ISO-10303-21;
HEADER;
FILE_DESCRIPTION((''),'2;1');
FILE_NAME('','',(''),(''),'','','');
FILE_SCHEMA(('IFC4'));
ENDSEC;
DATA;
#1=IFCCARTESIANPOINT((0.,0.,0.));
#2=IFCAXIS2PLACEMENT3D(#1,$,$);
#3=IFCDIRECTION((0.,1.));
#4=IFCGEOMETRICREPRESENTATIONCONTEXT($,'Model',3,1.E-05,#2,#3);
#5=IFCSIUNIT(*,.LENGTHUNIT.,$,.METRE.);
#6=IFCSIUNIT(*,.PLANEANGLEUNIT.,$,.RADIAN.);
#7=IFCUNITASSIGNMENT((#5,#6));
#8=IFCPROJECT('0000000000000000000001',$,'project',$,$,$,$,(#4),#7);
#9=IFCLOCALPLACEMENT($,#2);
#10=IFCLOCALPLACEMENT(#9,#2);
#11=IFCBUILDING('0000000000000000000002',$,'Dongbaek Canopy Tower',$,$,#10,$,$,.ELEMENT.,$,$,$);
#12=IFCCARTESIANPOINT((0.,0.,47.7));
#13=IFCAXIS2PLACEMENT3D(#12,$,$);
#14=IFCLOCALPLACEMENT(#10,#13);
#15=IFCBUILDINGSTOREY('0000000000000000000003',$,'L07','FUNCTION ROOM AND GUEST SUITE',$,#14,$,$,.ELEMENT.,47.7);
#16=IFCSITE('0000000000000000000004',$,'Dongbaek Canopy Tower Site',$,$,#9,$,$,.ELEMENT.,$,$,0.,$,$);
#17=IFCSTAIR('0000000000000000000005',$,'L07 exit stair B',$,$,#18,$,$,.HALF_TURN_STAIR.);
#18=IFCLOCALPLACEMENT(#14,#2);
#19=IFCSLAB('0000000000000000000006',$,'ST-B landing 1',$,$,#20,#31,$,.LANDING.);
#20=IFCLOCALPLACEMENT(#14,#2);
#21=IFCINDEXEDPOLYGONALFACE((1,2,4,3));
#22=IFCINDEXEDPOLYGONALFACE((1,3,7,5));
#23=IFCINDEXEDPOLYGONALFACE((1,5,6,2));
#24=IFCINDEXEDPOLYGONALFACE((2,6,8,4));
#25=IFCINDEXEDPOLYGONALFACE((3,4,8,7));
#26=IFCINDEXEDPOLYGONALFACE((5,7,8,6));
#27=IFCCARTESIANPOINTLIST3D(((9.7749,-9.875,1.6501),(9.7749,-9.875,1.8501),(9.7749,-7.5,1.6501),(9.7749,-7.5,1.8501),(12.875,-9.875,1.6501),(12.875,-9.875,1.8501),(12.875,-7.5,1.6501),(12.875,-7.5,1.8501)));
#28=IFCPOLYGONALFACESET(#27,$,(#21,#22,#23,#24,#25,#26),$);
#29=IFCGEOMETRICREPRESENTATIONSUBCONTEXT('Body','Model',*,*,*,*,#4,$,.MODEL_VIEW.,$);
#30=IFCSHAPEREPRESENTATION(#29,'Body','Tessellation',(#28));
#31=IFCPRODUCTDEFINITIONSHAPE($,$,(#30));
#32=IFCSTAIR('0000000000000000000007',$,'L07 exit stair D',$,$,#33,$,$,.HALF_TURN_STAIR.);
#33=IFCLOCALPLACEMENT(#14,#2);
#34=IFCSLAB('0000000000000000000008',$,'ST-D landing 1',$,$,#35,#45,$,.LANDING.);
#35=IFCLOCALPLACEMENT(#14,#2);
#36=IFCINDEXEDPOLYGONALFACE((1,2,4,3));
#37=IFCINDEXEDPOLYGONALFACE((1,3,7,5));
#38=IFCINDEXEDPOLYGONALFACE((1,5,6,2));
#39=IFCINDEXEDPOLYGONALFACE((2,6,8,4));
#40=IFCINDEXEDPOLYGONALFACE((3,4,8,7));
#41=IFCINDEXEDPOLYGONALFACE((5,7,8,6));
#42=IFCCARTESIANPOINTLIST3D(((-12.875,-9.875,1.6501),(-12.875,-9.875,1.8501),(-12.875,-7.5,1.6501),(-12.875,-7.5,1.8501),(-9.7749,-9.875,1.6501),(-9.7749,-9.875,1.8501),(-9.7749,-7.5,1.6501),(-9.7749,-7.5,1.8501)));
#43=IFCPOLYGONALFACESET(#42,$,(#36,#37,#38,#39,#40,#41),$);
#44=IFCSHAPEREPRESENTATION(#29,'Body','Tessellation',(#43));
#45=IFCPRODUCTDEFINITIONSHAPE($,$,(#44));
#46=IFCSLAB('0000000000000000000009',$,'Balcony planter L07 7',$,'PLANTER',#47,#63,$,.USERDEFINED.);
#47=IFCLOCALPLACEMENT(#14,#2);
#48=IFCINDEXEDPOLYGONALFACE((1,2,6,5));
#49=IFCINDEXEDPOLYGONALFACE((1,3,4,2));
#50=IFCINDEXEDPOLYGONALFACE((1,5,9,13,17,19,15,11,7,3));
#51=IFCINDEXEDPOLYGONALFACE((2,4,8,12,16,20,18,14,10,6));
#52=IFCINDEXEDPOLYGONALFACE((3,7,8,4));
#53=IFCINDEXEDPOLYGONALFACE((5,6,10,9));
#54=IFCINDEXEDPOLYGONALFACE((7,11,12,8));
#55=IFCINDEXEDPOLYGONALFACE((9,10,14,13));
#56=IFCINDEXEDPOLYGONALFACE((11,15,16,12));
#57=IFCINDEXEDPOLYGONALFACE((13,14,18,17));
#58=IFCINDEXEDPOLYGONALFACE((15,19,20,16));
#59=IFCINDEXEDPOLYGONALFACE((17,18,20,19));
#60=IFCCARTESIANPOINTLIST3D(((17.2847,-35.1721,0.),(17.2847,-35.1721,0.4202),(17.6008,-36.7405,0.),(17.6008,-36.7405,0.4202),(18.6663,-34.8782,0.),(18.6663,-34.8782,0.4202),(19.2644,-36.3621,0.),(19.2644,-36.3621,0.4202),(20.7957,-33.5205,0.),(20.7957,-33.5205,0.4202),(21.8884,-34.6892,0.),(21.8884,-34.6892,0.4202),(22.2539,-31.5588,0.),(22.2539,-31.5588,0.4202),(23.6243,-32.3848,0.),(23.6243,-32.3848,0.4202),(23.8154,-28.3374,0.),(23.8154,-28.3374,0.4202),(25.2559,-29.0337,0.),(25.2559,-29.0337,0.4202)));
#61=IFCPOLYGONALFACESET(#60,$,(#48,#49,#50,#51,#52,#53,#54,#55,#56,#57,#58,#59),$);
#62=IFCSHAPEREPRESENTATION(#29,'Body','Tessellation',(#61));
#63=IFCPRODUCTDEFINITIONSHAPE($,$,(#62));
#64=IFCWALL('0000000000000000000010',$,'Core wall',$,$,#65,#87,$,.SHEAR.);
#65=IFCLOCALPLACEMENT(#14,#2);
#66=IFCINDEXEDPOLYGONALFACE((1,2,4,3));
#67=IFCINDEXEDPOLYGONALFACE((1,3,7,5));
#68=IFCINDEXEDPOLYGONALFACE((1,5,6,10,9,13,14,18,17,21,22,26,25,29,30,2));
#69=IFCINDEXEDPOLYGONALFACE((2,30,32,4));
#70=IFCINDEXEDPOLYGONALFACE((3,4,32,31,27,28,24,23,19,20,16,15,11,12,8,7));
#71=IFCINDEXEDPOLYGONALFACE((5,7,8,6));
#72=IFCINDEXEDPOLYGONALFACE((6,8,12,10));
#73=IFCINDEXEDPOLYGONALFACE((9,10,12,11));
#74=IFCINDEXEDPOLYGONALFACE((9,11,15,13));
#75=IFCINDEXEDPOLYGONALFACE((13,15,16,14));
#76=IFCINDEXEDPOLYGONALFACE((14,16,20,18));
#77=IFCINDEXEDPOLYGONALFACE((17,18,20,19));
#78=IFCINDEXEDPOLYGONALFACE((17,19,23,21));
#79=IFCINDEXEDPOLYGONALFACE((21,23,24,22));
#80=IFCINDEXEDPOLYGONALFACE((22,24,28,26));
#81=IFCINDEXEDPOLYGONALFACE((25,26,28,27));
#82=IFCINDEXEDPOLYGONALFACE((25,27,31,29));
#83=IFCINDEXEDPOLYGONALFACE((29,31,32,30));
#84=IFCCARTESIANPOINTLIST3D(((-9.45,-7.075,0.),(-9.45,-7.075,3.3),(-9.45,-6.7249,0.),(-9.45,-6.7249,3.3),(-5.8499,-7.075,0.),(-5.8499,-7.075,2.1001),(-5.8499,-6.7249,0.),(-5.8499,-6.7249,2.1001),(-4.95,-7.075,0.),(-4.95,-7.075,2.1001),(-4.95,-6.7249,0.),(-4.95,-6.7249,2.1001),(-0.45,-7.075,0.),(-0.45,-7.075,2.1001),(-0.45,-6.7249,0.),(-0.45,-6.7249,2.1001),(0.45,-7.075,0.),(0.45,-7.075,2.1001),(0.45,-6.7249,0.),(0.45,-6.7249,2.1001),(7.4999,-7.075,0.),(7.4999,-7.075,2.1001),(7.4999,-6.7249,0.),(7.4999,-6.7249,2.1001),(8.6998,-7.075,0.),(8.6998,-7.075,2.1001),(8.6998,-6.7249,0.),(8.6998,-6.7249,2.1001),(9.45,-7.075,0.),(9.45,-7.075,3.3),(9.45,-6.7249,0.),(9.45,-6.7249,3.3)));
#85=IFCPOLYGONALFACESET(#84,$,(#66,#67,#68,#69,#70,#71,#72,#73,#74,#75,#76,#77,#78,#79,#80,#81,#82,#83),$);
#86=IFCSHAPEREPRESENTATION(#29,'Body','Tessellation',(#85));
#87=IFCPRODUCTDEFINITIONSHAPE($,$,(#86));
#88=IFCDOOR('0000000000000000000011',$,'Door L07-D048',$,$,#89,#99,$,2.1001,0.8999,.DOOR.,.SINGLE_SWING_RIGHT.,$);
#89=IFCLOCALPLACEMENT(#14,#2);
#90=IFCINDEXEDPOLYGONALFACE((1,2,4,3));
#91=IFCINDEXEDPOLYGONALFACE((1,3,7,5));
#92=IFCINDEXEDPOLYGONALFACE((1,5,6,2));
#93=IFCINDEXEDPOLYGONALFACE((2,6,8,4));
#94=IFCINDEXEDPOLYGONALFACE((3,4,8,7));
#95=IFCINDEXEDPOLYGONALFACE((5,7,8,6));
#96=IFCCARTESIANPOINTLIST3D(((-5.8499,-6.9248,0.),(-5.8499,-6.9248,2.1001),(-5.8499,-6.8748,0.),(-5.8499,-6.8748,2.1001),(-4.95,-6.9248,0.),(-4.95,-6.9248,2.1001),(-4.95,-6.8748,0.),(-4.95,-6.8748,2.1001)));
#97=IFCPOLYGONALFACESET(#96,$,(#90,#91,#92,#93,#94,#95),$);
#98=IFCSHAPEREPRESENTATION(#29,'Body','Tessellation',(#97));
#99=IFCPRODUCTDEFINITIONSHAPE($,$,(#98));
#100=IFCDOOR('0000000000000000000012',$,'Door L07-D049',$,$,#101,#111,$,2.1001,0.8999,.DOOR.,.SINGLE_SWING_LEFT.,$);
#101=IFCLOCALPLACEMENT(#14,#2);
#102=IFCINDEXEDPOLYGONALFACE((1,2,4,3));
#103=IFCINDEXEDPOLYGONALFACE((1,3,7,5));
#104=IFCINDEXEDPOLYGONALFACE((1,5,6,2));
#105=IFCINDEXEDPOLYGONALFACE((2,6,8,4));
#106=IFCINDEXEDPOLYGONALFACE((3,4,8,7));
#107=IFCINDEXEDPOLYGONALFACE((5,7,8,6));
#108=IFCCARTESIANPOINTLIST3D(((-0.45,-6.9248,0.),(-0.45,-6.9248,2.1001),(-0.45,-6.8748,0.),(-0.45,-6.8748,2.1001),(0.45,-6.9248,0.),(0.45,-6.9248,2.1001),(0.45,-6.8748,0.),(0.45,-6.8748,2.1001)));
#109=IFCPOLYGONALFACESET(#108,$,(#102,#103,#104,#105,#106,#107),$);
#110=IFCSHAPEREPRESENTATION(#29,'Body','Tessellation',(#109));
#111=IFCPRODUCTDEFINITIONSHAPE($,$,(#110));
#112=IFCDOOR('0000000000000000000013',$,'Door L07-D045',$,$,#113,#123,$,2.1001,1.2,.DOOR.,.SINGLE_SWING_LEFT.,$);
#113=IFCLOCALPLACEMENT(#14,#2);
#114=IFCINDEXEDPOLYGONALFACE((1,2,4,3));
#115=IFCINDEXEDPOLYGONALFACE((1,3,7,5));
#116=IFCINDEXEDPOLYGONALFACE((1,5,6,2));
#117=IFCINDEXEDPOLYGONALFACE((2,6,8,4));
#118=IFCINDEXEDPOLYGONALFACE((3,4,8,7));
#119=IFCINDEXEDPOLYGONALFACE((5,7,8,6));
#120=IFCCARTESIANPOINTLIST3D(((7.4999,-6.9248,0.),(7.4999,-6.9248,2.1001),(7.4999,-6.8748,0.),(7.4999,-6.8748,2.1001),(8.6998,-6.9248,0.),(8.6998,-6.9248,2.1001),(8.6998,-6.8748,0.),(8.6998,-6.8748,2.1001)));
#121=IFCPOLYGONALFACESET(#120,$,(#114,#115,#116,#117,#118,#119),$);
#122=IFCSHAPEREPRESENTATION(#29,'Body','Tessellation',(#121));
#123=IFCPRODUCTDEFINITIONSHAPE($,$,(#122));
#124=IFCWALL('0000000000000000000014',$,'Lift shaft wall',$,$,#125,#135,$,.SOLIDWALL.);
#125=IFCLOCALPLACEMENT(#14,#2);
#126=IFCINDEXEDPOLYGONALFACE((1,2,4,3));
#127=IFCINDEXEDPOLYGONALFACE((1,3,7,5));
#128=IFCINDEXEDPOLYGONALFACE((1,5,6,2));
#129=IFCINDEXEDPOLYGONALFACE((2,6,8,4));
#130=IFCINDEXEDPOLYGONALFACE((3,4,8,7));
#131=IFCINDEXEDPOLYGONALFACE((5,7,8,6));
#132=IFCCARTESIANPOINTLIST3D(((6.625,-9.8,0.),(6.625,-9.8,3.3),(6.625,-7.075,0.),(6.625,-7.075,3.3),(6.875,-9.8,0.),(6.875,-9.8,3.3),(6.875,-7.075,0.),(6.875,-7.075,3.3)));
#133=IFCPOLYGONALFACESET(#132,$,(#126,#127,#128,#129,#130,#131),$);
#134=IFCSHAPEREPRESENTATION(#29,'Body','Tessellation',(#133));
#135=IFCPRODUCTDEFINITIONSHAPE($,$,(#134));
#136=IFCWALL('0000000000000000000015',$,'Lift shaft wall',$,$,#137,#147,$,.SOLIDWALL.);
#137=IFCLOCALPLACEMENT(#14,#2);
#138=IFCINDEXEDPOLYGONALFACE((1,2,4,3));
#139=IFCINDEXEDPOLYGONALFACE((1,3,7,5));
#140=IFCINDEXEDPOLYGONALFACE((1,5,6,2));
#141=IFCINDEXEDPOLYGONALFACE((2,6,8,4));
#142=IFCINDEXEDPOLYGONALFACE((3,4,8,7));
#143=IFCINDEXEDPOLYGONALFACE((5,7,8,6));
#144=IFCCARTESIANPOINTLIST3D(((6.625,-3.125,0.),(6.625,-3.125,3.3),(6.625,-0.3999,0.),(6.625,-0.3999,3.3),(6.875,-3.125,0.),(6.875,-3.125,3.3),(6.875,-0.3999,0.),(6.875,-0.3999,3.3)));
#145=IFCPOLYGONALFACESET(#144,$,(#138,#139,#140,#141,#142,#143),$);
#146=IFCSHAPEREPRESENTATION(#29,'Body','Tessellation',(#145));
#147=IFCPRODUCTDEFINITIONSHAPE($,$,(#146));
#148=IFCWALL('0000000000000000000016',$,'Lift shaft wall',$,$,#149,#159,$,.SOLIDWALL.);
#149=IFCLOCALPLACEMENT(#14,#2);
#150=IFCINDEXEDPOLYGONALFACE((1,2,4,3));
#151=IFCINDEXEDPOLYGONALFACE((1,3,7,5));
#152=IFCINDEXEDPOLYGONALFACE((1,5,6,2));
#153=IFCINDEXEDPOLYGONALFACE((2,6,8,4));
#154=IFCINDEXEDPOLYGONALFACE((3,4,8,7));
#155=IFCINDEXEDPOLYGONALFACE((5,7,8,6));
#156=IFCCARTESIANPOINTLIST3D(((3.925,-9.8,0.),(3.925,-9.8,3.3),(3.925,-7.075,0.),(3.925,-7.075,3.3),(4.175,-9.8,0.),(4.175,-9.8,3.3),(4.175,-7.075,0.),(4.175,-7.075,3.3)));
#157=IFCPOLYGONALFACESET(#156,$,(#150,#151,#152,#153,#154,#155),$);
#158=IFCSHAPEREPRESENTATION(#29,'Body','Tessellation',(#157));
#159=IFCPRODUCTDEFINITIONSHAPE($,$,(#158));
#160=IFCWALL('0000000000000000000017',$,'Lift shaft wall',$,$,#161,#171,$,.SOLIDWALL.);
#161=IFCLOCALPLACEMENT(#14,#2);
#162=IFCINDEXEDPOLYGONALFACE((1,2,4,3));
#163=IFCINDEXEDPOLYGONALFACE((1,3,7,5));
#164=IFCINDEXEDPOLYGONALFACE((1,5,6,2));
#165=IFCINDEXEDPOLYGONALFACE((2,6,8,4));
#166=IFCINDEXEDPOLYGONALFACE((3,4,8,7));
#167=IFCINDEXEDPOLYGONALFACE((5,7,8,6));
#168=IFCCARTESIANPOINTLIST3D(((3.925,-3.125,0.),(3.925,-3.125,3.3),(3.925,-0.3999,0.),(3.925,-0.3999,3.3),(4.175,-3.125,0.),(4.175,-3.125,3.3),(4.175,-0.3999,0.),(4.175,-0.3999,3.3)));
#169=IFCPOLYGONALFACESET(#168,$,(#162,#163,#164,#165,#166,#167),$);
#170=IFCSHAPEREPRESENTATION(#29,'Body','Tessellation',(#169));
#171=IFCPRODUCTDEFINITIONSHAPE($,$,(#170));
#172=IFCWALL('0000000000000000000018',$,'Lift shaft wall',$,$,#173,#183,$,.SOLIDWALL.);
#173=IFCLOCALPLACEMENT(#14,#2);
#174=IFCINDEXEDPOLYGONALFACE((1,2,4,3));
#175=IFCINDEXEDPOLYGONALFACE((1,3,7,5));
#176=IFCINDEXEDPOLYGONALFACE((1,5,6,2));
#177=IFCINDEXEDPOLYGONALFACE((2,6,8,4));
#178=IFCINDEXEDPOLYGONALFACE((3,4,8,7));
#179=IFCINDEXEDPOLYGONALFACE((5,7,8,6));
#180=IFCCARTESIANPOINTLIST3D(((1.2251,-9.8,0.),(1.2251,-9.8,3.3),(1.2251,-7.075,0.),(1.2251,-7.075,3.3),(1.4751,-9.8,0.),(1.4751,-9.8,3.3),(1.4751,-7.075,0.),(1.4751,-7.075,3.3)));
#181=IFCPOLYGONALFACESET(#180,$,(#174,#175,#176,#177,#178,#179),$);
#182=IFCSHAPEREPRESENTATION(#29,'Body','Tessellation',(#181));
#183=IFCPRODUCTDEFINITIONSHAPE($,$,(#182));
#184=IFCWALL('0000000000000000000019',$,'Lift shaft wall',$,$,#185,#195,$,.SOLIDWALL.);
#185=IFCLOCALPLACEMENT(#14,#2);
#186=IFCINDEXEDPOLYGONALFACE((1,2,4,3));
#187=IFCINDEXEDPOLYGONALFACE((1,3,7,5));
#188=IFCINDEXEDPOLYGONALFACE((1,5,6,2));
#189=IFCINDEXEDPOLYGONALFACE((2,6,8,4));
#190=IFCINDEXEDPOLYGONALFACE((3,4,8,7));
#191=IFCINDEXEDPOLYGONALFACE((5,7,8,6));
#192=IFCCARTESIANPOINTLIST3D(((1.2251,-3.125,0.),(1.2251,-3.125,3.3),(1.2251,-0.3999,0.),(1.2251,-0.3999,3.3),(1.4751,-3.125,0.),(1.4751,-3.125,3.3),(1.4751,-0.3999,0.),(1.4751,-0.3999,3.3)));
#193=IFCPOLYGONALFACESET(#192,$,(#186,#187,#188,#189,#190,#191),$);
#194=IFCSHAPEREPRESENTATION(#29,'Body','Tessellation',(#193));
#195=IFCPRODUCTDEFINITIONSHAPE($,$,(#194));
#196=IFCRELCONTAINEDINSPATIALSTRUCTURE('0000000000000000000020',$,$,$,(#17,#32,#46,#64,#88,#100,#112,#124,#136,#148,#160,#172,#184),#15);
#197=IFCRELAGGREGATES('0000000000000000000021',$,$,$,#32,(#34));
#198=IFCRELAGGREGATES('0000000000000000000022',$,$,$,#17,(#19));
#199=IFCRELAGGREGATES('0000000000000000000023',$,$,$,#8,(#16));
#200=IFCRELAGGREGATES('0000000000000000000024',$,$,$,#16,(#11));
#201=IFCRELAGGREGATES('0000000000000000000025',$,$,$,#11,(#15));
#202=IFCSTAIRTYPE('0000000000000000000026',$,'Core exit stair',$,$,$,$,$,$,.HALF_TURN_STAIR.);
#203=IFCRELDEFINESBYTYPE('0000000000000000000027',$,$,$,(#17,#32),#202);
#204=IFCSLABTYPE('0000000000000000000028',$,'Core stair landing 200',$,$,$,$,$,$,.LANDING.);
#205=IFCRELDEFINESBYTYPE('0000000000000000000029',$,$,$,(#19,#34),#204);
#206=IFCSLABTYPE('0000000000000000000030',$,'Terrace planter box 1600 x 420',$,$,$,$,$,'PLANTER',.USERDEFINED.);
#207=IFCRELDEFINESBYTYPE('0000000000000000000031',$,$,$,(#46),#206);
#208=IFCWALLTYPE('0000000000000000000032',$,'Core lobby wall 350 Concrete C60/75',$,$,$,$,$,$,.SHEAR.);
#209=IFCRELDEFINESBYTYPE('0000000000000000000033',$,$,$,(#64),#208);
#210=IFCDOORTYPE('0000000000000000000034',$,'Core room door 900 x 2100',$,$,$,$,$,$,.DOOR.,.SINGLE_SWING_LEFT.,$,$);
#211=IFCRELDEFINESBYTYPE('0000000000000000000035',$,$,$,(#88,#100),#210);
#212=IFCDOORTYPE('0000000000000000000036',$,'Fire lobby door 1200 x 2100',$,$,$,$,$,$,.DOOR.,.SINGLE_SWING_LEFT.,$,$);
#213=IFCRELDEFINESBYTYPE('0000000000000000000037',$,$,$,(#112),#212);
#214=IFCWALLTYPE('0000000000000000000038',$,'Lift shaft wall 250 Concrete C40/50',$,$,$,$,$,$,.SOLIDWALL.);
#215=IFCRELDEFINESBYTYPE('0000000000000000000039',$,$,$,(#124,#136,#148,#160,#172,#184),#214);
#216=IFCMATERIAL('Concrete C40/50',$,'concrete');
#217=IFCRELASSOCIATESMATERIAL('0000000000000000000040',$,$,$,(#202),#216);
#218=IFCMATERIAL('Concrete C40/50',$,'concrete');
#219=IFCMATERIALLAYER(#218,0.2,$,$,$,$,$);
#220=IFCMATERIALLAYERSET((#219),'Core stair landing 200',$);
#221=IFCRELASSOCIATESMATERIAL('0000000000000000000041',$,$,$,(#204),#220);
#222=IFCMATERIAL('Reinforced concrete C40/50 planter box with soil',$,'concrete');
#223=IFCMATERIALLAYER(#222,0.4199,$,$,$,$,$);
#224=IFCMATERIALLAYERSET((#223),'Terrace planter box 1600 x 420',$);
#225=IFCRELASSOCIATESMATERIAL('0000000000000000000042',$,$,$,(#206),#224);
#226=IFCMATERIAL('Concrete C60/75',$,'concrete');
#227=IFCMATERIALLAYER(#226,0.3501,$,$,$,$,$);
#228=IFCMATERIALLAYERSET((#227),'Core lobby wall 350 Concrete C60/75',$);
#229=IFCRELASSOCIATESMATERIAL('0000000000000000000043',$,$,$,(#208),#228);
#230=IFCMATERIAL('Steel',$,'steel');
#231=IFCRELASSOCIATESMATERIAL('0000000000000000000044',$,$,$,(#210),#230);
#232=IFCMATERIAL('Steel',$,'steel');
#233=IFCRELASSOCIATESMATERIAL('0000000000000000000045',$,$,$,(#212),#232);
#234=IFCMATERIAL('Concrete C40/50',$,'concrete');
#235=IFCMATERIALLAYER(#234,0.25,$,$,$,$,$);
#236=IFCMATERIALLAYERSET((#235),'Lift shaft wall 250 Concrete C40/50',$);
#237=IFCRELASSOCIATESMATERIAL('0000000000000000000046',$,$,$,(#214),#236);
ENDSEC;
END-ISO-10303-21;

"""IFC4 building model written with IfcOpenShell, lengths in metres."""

from ifc_helpers import new_model, si_unit, direction, frame, frame_2d, origin, place, context, subcontext, project, spatial, polyline, rectangle, outline, extrude, material, layer, layer_set, type_object, element, fill, aggregate, save


model = new_model("IFC4")

# Units and contexts
model_context = context("Model", 3, precision=1e-05, world=origin(), true_north=direction((0.0, 1.0)))
body_context = subcontext(model_context, "Body", "Model", "MODEL_VIEW")
ifc_project = project(units=[si_unit("LENGTHUNIT", "METRE"), si_unit("PLANEANGLEUNIT", "RADIAN")], contexts=[model_context])

# Site, building, storey
site_placement = place(None, origin())
site = spatial("IfcSite", under=ifc_project, at=site_placement, Name="Dongbaek Canopy Tower Site", CompositionType="ELEMENT", RefElevation=0.0)
building_placement = place(site_placement, origin())
building = spatial("IfcBuilding", under=site, at=building_placement, Name="Dongbaek Canopy Tower", CompositionType="ELEMENT")
storey_placement = place(building_placement, frame((0.0, 0.0, 47.7)))
storey = spatial("IfcBuildingStorey", under=building, at=storey_placement, Name="L07", Description="FUNCTION ROOM AND GUEST SUITE", CompositionType="ELEMENT", Elevation=47.7)

# Stairs, slabs
ifc_material_1 = material(Name="Concrete C40/50", Category="concrete")
stair_type = type_object("IfcStairType", Name="Core exit stair", PredefinedType="HALF_TURN_STAIR", material=ifc_material_1)
ifc_material_2 = material(Name="Concrete C40/50", Category="concrete")
ifc_layer_1 = layer(ifc_material_2, 0.2)
ifc_layer_set_1 = layer_set([ifc_layer_1], Name="Core stair landing 200")
slab_type_1 = type_object("IfcSlabType", Name="Core stair landing 200", PredefinedType="LANDING", material=ifc_layer_set_1)
stair_1_placement = place(storey_placement, origin())
stair_1 = element("IfcStair", 1, at=stair_1_placement, inside=storey, type_object=stair_type, Name="L07 exit stair B", PredefinedType="HALF_TURN_STAIR")
slab_1_placement = place(storey_placement, frame((0.0, 0.0, 1.6501)))
slab_1 = element("IfcSlab", 2, at=slab_1_placement, type_object=slab_type_1, Name="ST-B landing 1", PredefinedType="LANDING", context=body_context, shape_type="SweptSolid", body=[
    extrude(outline(polyline([(9.7749, -7.5), (9.7749, -9.875), (12.875, -9.875), (12.875, -7.5), (9.7749, -7.5)])), origin(), (0.0, 0.0, 1.0), 0.2),
])
stair_2_placement = place(storey_placement, origin())
stair_2 = element("IfcStair", 3, at=stair_2_placement, inside=storey, type_object=stair_type, Name="L07 exit stair D", PredefinedType="HALF_TURN_STAIR")
slab_2_placement = place(storey_placement, frame((0.0, 0.0, 1.6501)))
slab_2 = element("IfcSlab", 4, at=slab_2_placement, type_object=slab_type_1, Name="ST-D landing 1", PredefinedType="LANDING", context=body_context, shape_type="SweptSolid", body=[
    extrude(outline(polyline([(-12.875, -7.5), (-12.875, -9.875), (-9.7749, -9.875), (-9.7749, -7.5), (-12.875, -7.5)])), origin(), (0.0, 0.0, 1.0), 0.2),
])
aggregate(stair_2, [slab_2])

# Slab
ifc_material_3 = material(Name="Reinforced concrete C40/50 planter box with soil", Category="concrete")
ifc_layer_2 = layer(ifc_material_3, 0.4199)
ifc_layer_set_2 = layer_set([ifc_layer_2], Name="Terrace planter box 1600 x 420")
slab_type_2 = type_object("IfcSlabType", Name="Terrace planter box 1600 x 420", ElementType="PLANTER", PredefinedType="USERDEFINED", material=ifc_layer_set_2)
slab_3_placement = place(storey_placement, origin())
element("IfcSlab", 5, at=slab_3_placement, inside=storey, type_object=slab_type_2, Name="Balcony planter L07 7", ObjectType="PLANTER", PredefinedType="USERDEFINED", context=body_context, shape_type="SweptSolid", body=[
    extrude(outline(polyline([(17.2847, -35.1721), (18.6663, -34.8782), (20.7957, -33.5205), (22.2539, -31.5588), (23.8154, -28.3374), (25.2559, -29.0337), (23.6243, -32.3848), (21.8884, -34.6892), (19.2644, -36.3621), (17.6008, -36.7405), (17.2847, -35.1721)])), origin(), (0.0, 0.0, 1.0), 0.4202),
])

# Wall, openings, doors
ifc_material_4 = material(Name="Concrete C60/75", Category="concrete")
ifc_layer_3 = layer(ifc_material_4, 0.3501)
ifc_layer_set_3 = layer_set([ifc_layer_3], Name="Core lobby wall 350 Concrete C60/75")
wall_type_1 = type_object("IfcWallType", Name="Core lobby wall 350 Concrete C60/75", PredefinedType="SHEAR", material=ifc_layer_set_3)
wall_1_placement = place(storey_placement, frame((9.45, -6.8999, 0.0), z_axis=(0.0, 0.0, 1.0), x_axis=(-1.0, 0.0, 0.0)))
wall_1 = element("IfcWall", 6, at=wall_1_placement, inside=storey, type_object=wall_type_1, Name="Core wall", PredefinedType="SHEAR", context=body_context, shape_type="SweptSolid", body=[
    extrude(rectangle(XDim=18.8999, YDim=0.3501, at=frame_2d((9.45, 0.0))), origin(), (0.0, 0.0, 1.0), 3.3),
])
opening_1_placement = place(wall_1_placement, frame((0.75, 0.0, 0.0)))
opening_1 = element("IfcOpeningElement", 7, at=opening_1_placement, cuts=wall_1, PredefinedType="OPENING", context=body_context, shape_type="SweptSolid", body=[
    extrude(rectangle(XDim=1.2, YDim=2.1001, at=frame_2d((0.6001, 1.05))), frame((0.0, 0.1851, 0.0), z_axis=(0.0, -1.0, 0.0), x_axis=(1.0, 0.0, 0.0)), (0.0, 0.0, 1.0), 0.3701),
])
opening_2_placement = place(wall_1_placement, frame((14.3999, 0.0, 0.0)))
opening_2 = element("IfcOpeningElement", 8, at=opening_2_placement, cuts=wall_1, PredefinedType="OPENING", context=body_context, shape_type="SweptSolid", body=[
    extrude(rectangle(XDim=0.8999, YDim=2.1001, at=frame_2d((0.45, 1.05))), frame((0.0, 0.1851, 0.0), z_axis=(0.0, -1.0, 0.0), x_axis=(1.0, 0.0, 0.0)), (0.0, 0.0, 1.0), 0.3701),
])
opening_3_placement = place(wall_1_placement, frame((9.0, 0.0, 0.0)))
opening_3 = element("IfcOpeningElement", 9, at=opening_3_placement, cuts=wall_1, PredefinedType="OPENING", context=body_context, shape_type="SweptSolid", body=[
    extrude(rectangle(XDim=0.8999, YDim=2.1001, at=frame_2d((0.45, 1.05))), frame((0.0, 0.1851, 0.0), z_axis=(0.0, -1.0, 0.0), x_axis=(1.0, 0.0, 0.0)), (0.0, 0.0, 1.0), 0.3701),
])
ifc_material_5 = material(Name="Steel", Category="steel")
door_type_1 = type_object("IfcDoorType", Name="Core room door 900 x 2100", OperationType="SINGLE_SWING_LEFT", PredefinedType="DOOR", material=ifc_material_5)
door_1_placement = place(opening_2_placement, origin())
door_1 = element("IfcDoor", 10, at=door_1_placement, inside=storey, type_object=door_type_1, Name="Door L07-D048", OperationType="SINGLE_SWING_RIGHT", OverallHeight=2.1001, OverallWidth=0.8999, PredefinedType="DOOR", context=body_context, shape_type="SweptSolid", body=[
    extrude(rectangle(XDim=0.8999, YDim=2.1001, at=frame_2d((0.45, 1.05))), frame((0.0, 0.0249, 0.0), z_axis=(0.0, -1.0, 0.0), x_axis=(1.0, 0.0, 0.0)), (0.0, 0.0, 1.0), 0.05),
])
fill(opening_2, door_1)
door_2_placement = place(opening_3_placement, origin())
door_2 = element("IfcDoor", 11, at=door_2_placement, inside=storey, type_object=door_type_1, Name="Door L07-D049", OperationType="SINGLE_SWING_LEFT", OverallHeight=2.1001, OverallWidth=0.8999, PredefinedType="DOOR", context=body_context, shape_type="SweptSolid", body=[
    extrude(rectangle(XDim=0.8999, YDim=2.1001, at=frame_2d((0.45, 1.05))), frame((0.0, 0.0249, 0.0), z_axis=(0.0, -1.0, 0.0), x_axis=(1.0, 0.0, 0.0)), (0.0, 0.0, 1.0), 0.05),
])
fill(opening_3, door_2)
ifc_material_6 = material(Name="Steel", Category="steel")
door_type_2 = type_object("IfcDoorType", Name="Fire lobby door 1200 x 2100", OperationType="SINGLE_SWING_LEFT", PredefinedType="DOOR", material=ifc_material_6)
door_3_placement = place(opening_1_placement, origin())
door_3 = element("IfcDoor", 12, at=door_3_placement, inside=storey, type_object=door_type_2, Name="Door L07-D045", OperationType="SINGLE_SWING_LEFT", OverallHeight=2.1001, OverallWidth=1.2, PredefinedType="DOOR", context=body_context, shape_type="SweptSolid", body=[
    extrude(rectangle(XDim=1.2, YDim=2.1001, at=frame_2d((0.6001, 1.05))), frame((0.0, 0.0249, 0.0), z_axis=(0.0, -1.0, 0.0), x_axis=(1.0, 0.0, 0.0)), (0.0, 0.0, 1.0), 0.05),
])
fill(opening_1, door_3)

# Walls
ifc_material_7 = material(Name="Concrete C40/50", Category="concrete")
ifc_layer_4 = layer(ifc_material_7, 0.25)
ifc_layer_set_4 = layer_set([ifc_layer_4], Name="Lift shaft wall 250 Concrete C40/50")
wall_type_2 = type_object("IfcWallType", Name="Lift shaft wall 250 Concrete C40/50", PredefinedType="SOLIDWALL", material=ifc_layer_set_4)
for number, where, z_axis, x_axis, name in (
    (13, (6.75, -9.8, 0.0), (0.0, 0.0, 1.0), (0.0, 1.0, 0.0), "Lift shaft wall"),
    (14, (6.75, -3.125, 0.0), (0.0, 0.0, 1.0), (0.0, 1.0, 0.0), "Lift shaft wall"),
    (15, (4.05, -9.8, 0.0), (0.0, 0.0, 1.0), (0.0, 1.0, 0.0), "Lift shaft wall"),
    (16, (4.05, -3.125, 0.0), (0.0, 0.0, 1.0), (0.0, 1.0, 0.0), "Lift shaft wall"),
    (17, (1.3501, -9.8, 0.0), (0.0, 0.0, 1.0), (0.0, 1.0, 0.0), "Lift shaft wall"),
    (18, (1.3501, -3.125, 0.0), (0.0, 0.0, 1.0), (0.0, 1.0, 0.0), "Lift shaft wall"),
):
    element("IfcWall", number, at=place(storey_placement, frame(where, z_axis=z_axis, x_axis=x_axis)), inside=storey, type_object=wall_type_2, Name=name, PredefinedType="SOLIDWALL", context=body_context, shape_type="SweptSolid", body=[
        extrude(rectangle(XDim=2.7251, YDim=0.25, at=frame_2d((1.3625, 0.0))), origin(), (0.0, 0.0, 1.0), 3.3),
    ])

aggregate(stair_1, [slab_1])

save(model, "model.ifc")
